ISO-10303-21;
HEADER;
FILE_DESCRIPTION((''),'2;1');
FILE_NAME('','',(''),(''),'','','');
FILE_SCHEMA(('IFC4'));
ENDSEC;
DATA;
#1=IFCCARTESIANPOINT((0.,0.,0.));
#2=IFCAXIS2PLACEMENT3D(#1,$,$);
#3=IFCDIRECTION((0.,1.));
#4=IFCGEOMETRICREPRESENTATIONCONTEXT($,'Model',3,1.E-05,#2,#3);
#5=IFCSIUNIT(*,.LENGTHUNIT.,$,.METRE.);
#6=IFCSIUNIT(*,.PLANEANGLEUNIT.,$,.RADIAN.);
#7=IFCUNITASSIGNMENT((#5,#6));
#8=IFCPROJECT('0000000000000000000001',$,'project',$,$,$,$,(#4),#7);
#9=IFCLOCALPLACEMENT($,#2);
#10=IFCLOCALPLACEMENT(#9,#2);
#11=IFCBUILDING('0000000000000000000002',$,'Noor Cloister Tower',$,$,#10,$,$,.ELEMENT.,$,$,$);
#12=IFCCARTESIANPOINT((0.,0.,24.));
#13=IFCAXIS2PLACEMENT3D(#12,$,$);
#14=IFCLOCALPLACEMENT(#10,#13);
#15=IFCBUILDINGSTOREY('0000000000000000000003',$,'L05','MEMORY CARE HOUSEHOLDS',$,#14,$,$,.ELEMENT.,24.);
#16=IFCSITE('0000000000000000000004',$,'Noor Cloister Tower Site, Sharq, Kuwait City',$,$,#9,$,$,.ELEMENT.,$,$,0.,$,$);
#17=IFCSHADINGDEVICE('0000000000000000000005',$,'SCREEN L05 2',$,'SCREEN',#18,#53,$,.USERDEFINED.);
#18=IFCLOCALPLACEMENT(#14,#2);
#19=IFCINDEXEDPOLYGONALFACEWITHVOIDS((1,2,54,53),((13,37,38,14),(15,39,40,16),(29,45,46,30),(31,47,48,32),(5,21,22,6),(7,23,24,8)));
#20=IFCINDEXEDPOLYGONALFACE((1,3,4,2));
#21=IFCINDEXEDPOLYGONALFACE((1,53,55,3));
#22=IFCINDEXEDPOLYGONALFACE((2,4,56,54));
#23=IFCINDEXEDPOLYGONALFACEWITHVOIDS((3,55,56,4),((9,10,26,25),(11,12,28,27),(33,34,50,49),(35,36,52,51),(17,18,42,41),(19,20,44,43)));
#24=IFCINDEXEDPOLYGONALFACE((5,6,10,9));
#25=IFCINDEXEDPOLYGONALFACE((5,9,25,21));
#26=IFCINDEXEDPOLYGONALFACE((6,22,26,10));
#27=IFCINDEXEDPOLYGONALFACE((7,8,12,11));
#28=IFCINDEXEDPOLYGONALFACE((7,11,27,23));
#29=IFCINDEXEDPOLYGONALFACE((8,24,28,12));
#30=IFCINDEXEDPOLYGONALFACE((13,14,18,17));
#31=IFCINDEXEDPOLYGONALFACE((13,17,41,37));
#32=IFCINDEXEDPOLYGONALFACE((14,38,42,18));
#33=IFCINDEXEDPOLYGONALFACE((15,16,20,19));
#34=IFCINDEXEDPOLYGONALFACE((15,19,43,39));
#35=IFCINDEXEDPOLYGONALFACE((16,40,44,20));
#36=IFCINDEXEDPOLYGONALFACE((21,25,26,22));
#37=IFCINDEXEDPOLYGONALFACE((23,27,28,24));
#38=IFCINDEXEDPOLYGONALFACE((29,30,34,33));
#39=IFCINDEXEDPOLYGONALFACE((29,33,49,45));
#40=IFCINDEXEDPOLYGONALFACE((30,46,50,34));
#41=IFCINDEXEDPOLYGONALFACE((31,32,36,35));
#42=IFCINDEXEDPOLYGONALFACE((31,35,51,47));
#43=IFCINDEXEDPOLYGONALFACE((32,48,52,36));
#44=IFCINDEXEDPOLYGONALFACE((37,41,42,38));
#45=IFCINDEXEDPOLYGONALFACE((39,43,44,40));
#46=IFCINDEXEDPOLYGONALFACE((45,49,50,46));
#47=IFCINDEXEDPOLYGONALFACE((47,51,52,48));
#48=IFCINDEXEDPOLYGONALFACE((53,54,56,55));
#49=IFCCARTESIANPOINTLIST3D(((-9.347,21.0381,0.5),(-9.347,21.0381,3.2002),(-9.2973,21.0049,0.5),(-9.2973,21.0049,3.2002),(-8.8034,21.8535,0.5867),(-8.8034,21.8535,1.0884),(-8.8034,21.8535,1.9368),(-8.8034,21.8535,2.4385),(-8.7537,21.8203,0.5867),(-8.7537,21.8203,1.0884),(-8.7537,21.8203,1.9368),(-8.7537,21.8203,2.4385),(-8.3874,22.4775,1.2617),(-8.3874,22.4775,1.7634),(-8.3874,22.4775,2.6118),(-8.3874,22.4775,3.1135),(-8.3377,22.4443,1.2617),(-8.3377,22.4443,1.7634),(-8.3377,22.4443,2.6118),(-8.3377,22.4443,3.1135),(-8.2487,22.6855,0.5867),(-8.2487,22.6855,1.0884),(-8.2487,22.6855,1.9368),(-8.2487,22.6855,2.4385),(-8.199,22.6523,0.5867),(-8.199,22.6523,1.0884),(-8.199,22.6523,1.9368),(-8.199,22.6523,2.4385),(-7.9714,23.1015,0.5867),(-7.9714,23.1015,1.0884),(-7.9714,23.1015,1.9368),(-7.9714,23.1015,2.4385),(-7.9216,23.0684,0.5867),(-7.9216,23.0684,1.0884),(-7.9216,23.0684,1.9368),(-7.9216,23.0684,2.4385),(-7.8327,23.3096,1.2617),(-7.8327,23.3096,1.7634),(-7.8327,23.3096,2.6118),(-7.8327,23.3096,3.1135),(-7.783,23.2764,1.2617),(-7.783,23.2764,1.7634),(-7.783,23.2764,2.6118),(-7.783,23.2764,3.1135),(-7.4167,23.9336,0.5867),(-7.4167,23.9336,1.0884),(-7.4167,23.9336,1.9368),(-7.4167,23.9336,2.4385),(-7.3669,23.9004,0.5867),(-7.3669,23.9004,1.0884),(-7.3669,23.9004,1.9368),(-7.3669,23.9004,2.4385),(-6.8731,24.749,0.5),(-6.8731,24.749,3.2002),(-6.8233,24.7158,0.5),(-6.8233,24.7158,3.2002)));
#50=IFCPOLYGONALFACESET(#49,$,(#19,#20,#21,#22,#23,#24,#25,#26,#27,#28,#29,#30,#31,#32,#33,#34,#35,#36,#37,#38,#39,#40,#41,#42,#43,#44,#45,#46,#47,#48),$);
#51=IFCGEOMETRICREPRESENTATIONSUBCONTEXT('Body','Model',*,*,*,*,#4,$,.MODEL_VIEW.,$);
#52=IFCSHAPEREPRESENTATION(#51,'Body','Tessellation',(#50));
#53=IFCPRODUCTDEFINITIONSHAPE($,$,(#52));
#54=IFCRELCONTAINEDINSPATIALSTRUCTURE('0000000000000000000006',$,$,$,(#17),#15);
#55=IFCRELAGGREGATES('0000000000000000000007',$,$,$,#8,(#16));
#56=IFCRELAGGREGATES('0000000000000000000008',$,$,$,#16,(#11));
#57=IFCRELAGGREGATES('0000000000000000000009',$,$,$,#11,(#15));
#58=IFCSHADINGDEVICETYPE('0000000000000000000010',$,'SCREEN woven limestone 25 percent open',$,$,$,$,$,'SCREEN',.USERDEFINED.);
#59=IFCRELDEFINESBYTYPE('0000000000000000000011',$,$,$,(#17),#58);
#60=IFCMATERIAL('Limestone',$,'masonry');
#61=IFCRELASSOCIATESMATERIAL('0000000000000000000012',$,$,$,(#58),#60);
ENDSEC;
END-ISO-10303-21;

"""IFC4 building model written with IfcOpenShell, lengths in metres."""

from ifc_helpers import new_model, si_unit, direction, frame, origin, place, context, subcontext, project, spatial, polyline, outline, extrude, material, material_profile, profile_set, type_object, element, save


model = new_model("IFC4")

# Units and contexts
model_context = context("Model", 3, precision=1e-05, world=origin(), true_north=direction((0.0, 1.0)))
body_context = subcontext(model_context, "Body", "Model", "MODEL_VIEW")
ifc_project = project(units=[si_unit("LENGTHUNIT", "METRE"), si_unit("PLANEANGLEUNIT", "RADIAN")], contexts=[model_context])

# Site, building, storey
site_placement = place(None, origin())
site = spatial("IfcSite", under=ifc_project, at=site_placement, Name="Noor Cloister Tower Site, Sharq, Kuwait City", CompositionType="ELEMENT", RefElevation=0.0)
building_placement = place(site_placement, origin())
building = spatial("IfcBuilding", under=site, at=building_placement, Name="Noor Cloister Tower", CompositionType="ELEMENT")
storey_placement = place(building_placement, frame((0.0, 0.0, 24.0)))
storey = spatial("IfcBuildingStorey", under=building, at=storey_placement, Name="L05", Description="MEMORY CARE HOUSEHOLDS", CompositionType="ELEMENT", Elevation=24.0)

# Shading device
ifc_material_1 = material(Name="Limestone", Category="masonry")
ifc_material_profile_1 = material_profile(ifc_material_1, outline(polyline([(-2.23, -1.3501), (2.23, -1.3501), (2.23, 1.3501), (-2.23, 1.3501), (-2.23, -1.3501)]), holes=[polyline([(-1.25, -1.2634), (-0.25, -1.2634), (-0.25, -0.7617), (-1.25, -0.7617), (-1.25, -1.2634)]), polyline([(0.25, -1.2634), (1.25, -1.2634), (1.25, -0.7617), (0.25, -0.7617), (0.25, -1.2634)]), polyline([(-0.5, -0.5884), (0.5, -0.5884), (0.5, -0.0867), (-0.5, -0.0867), (-0.5, -0.5884)]), polyline([(-1.25, 0.0867), (-0.25, 0.0867), (-0.25, 0.5884), (-1.25, 0.5884), (-1.25, 0.0867)]), polyline([(0.25, 0.0867), (1.25, 0.0867), (1.25, 0.5884), (0.25, 0.5884), (0.25, 0.0867)]), polyline([(-0.5, 0.7617), (0.5, 0.7617), (0.5, 1.2634), (-0.5, 1.2634), (-0.5, 0.7617)])]), Name="Woven screen 25 percent open")
ifc_profile_set_1 = profile_set([ifc_material_profile_1], Name="Limestone")
shading_device_type = type_object("IfcShadingDeviceType", Name="SCREEN woven limestone 25 percent open", ElementType="SCREEN", PredefinedType="USERDEFINED", material=ifc_profile_set_1)
shading_device_1_placement = place(storey_placement, frame((-8.0603, 22.8604, 1.8501), z_axis=(-0.83205, 0.5547, 0.0), x_axis=(-0.5547, -0.83205, 0.0)))
element("IfcShadingDevice", 1, at=shading_device_1_placement, inside=storey, type_object=shading_device_type, Name="SCREEN L05 2", ObjectType="SCREEN", PredefinedType="USERDEFINED", context=body_context, shape_type="SweptSolid", body=[
    extrude(outline(polyline([(-2.23, -1.3501), (2.23, -1.3501), (2.23, 1.3501), (-2.23, 1.3501), (-2.23, -1.3501)]), holes=[polyline([(-1.25, -1.2634), (-0.25, -1.2634), (-0.25, -0.7617), (-1.25, -0.7617), (-1.25, -1.2634)]), polyline([(0.25, -1.2634), (1.25, -1.2634), (1.25, -0.7617), (0.25, -0.7617), (0.25, -1.2634)]), polyline([(-0.5, -0.5884), (0.5, -0.5884), (0.5, -0.0867), (-0.5, -0.0867), (-0.5, -0.5884)]), polyline([(-1.25, 0.0867), (-0.25, 0.0867), (-0.25, 0.5884), (-1.25, 0.5884), (-1.25, 0.0867)]), polyline([(0.25, 0.0867), (1.25, 0.0867), (1.25, 0.5884), (0.25, 0.5884), (0.25, 0.0867)]), polyline([(-0.5, 0.7617), (0.5, 0.7617), (0.5, 1.2634), (-0.5, 1.2634), (-0.5, 0.7617)])]), origin(), (0.0, 0.0, 1.0), 0.0598),
])

save(model, "model.ifc")
